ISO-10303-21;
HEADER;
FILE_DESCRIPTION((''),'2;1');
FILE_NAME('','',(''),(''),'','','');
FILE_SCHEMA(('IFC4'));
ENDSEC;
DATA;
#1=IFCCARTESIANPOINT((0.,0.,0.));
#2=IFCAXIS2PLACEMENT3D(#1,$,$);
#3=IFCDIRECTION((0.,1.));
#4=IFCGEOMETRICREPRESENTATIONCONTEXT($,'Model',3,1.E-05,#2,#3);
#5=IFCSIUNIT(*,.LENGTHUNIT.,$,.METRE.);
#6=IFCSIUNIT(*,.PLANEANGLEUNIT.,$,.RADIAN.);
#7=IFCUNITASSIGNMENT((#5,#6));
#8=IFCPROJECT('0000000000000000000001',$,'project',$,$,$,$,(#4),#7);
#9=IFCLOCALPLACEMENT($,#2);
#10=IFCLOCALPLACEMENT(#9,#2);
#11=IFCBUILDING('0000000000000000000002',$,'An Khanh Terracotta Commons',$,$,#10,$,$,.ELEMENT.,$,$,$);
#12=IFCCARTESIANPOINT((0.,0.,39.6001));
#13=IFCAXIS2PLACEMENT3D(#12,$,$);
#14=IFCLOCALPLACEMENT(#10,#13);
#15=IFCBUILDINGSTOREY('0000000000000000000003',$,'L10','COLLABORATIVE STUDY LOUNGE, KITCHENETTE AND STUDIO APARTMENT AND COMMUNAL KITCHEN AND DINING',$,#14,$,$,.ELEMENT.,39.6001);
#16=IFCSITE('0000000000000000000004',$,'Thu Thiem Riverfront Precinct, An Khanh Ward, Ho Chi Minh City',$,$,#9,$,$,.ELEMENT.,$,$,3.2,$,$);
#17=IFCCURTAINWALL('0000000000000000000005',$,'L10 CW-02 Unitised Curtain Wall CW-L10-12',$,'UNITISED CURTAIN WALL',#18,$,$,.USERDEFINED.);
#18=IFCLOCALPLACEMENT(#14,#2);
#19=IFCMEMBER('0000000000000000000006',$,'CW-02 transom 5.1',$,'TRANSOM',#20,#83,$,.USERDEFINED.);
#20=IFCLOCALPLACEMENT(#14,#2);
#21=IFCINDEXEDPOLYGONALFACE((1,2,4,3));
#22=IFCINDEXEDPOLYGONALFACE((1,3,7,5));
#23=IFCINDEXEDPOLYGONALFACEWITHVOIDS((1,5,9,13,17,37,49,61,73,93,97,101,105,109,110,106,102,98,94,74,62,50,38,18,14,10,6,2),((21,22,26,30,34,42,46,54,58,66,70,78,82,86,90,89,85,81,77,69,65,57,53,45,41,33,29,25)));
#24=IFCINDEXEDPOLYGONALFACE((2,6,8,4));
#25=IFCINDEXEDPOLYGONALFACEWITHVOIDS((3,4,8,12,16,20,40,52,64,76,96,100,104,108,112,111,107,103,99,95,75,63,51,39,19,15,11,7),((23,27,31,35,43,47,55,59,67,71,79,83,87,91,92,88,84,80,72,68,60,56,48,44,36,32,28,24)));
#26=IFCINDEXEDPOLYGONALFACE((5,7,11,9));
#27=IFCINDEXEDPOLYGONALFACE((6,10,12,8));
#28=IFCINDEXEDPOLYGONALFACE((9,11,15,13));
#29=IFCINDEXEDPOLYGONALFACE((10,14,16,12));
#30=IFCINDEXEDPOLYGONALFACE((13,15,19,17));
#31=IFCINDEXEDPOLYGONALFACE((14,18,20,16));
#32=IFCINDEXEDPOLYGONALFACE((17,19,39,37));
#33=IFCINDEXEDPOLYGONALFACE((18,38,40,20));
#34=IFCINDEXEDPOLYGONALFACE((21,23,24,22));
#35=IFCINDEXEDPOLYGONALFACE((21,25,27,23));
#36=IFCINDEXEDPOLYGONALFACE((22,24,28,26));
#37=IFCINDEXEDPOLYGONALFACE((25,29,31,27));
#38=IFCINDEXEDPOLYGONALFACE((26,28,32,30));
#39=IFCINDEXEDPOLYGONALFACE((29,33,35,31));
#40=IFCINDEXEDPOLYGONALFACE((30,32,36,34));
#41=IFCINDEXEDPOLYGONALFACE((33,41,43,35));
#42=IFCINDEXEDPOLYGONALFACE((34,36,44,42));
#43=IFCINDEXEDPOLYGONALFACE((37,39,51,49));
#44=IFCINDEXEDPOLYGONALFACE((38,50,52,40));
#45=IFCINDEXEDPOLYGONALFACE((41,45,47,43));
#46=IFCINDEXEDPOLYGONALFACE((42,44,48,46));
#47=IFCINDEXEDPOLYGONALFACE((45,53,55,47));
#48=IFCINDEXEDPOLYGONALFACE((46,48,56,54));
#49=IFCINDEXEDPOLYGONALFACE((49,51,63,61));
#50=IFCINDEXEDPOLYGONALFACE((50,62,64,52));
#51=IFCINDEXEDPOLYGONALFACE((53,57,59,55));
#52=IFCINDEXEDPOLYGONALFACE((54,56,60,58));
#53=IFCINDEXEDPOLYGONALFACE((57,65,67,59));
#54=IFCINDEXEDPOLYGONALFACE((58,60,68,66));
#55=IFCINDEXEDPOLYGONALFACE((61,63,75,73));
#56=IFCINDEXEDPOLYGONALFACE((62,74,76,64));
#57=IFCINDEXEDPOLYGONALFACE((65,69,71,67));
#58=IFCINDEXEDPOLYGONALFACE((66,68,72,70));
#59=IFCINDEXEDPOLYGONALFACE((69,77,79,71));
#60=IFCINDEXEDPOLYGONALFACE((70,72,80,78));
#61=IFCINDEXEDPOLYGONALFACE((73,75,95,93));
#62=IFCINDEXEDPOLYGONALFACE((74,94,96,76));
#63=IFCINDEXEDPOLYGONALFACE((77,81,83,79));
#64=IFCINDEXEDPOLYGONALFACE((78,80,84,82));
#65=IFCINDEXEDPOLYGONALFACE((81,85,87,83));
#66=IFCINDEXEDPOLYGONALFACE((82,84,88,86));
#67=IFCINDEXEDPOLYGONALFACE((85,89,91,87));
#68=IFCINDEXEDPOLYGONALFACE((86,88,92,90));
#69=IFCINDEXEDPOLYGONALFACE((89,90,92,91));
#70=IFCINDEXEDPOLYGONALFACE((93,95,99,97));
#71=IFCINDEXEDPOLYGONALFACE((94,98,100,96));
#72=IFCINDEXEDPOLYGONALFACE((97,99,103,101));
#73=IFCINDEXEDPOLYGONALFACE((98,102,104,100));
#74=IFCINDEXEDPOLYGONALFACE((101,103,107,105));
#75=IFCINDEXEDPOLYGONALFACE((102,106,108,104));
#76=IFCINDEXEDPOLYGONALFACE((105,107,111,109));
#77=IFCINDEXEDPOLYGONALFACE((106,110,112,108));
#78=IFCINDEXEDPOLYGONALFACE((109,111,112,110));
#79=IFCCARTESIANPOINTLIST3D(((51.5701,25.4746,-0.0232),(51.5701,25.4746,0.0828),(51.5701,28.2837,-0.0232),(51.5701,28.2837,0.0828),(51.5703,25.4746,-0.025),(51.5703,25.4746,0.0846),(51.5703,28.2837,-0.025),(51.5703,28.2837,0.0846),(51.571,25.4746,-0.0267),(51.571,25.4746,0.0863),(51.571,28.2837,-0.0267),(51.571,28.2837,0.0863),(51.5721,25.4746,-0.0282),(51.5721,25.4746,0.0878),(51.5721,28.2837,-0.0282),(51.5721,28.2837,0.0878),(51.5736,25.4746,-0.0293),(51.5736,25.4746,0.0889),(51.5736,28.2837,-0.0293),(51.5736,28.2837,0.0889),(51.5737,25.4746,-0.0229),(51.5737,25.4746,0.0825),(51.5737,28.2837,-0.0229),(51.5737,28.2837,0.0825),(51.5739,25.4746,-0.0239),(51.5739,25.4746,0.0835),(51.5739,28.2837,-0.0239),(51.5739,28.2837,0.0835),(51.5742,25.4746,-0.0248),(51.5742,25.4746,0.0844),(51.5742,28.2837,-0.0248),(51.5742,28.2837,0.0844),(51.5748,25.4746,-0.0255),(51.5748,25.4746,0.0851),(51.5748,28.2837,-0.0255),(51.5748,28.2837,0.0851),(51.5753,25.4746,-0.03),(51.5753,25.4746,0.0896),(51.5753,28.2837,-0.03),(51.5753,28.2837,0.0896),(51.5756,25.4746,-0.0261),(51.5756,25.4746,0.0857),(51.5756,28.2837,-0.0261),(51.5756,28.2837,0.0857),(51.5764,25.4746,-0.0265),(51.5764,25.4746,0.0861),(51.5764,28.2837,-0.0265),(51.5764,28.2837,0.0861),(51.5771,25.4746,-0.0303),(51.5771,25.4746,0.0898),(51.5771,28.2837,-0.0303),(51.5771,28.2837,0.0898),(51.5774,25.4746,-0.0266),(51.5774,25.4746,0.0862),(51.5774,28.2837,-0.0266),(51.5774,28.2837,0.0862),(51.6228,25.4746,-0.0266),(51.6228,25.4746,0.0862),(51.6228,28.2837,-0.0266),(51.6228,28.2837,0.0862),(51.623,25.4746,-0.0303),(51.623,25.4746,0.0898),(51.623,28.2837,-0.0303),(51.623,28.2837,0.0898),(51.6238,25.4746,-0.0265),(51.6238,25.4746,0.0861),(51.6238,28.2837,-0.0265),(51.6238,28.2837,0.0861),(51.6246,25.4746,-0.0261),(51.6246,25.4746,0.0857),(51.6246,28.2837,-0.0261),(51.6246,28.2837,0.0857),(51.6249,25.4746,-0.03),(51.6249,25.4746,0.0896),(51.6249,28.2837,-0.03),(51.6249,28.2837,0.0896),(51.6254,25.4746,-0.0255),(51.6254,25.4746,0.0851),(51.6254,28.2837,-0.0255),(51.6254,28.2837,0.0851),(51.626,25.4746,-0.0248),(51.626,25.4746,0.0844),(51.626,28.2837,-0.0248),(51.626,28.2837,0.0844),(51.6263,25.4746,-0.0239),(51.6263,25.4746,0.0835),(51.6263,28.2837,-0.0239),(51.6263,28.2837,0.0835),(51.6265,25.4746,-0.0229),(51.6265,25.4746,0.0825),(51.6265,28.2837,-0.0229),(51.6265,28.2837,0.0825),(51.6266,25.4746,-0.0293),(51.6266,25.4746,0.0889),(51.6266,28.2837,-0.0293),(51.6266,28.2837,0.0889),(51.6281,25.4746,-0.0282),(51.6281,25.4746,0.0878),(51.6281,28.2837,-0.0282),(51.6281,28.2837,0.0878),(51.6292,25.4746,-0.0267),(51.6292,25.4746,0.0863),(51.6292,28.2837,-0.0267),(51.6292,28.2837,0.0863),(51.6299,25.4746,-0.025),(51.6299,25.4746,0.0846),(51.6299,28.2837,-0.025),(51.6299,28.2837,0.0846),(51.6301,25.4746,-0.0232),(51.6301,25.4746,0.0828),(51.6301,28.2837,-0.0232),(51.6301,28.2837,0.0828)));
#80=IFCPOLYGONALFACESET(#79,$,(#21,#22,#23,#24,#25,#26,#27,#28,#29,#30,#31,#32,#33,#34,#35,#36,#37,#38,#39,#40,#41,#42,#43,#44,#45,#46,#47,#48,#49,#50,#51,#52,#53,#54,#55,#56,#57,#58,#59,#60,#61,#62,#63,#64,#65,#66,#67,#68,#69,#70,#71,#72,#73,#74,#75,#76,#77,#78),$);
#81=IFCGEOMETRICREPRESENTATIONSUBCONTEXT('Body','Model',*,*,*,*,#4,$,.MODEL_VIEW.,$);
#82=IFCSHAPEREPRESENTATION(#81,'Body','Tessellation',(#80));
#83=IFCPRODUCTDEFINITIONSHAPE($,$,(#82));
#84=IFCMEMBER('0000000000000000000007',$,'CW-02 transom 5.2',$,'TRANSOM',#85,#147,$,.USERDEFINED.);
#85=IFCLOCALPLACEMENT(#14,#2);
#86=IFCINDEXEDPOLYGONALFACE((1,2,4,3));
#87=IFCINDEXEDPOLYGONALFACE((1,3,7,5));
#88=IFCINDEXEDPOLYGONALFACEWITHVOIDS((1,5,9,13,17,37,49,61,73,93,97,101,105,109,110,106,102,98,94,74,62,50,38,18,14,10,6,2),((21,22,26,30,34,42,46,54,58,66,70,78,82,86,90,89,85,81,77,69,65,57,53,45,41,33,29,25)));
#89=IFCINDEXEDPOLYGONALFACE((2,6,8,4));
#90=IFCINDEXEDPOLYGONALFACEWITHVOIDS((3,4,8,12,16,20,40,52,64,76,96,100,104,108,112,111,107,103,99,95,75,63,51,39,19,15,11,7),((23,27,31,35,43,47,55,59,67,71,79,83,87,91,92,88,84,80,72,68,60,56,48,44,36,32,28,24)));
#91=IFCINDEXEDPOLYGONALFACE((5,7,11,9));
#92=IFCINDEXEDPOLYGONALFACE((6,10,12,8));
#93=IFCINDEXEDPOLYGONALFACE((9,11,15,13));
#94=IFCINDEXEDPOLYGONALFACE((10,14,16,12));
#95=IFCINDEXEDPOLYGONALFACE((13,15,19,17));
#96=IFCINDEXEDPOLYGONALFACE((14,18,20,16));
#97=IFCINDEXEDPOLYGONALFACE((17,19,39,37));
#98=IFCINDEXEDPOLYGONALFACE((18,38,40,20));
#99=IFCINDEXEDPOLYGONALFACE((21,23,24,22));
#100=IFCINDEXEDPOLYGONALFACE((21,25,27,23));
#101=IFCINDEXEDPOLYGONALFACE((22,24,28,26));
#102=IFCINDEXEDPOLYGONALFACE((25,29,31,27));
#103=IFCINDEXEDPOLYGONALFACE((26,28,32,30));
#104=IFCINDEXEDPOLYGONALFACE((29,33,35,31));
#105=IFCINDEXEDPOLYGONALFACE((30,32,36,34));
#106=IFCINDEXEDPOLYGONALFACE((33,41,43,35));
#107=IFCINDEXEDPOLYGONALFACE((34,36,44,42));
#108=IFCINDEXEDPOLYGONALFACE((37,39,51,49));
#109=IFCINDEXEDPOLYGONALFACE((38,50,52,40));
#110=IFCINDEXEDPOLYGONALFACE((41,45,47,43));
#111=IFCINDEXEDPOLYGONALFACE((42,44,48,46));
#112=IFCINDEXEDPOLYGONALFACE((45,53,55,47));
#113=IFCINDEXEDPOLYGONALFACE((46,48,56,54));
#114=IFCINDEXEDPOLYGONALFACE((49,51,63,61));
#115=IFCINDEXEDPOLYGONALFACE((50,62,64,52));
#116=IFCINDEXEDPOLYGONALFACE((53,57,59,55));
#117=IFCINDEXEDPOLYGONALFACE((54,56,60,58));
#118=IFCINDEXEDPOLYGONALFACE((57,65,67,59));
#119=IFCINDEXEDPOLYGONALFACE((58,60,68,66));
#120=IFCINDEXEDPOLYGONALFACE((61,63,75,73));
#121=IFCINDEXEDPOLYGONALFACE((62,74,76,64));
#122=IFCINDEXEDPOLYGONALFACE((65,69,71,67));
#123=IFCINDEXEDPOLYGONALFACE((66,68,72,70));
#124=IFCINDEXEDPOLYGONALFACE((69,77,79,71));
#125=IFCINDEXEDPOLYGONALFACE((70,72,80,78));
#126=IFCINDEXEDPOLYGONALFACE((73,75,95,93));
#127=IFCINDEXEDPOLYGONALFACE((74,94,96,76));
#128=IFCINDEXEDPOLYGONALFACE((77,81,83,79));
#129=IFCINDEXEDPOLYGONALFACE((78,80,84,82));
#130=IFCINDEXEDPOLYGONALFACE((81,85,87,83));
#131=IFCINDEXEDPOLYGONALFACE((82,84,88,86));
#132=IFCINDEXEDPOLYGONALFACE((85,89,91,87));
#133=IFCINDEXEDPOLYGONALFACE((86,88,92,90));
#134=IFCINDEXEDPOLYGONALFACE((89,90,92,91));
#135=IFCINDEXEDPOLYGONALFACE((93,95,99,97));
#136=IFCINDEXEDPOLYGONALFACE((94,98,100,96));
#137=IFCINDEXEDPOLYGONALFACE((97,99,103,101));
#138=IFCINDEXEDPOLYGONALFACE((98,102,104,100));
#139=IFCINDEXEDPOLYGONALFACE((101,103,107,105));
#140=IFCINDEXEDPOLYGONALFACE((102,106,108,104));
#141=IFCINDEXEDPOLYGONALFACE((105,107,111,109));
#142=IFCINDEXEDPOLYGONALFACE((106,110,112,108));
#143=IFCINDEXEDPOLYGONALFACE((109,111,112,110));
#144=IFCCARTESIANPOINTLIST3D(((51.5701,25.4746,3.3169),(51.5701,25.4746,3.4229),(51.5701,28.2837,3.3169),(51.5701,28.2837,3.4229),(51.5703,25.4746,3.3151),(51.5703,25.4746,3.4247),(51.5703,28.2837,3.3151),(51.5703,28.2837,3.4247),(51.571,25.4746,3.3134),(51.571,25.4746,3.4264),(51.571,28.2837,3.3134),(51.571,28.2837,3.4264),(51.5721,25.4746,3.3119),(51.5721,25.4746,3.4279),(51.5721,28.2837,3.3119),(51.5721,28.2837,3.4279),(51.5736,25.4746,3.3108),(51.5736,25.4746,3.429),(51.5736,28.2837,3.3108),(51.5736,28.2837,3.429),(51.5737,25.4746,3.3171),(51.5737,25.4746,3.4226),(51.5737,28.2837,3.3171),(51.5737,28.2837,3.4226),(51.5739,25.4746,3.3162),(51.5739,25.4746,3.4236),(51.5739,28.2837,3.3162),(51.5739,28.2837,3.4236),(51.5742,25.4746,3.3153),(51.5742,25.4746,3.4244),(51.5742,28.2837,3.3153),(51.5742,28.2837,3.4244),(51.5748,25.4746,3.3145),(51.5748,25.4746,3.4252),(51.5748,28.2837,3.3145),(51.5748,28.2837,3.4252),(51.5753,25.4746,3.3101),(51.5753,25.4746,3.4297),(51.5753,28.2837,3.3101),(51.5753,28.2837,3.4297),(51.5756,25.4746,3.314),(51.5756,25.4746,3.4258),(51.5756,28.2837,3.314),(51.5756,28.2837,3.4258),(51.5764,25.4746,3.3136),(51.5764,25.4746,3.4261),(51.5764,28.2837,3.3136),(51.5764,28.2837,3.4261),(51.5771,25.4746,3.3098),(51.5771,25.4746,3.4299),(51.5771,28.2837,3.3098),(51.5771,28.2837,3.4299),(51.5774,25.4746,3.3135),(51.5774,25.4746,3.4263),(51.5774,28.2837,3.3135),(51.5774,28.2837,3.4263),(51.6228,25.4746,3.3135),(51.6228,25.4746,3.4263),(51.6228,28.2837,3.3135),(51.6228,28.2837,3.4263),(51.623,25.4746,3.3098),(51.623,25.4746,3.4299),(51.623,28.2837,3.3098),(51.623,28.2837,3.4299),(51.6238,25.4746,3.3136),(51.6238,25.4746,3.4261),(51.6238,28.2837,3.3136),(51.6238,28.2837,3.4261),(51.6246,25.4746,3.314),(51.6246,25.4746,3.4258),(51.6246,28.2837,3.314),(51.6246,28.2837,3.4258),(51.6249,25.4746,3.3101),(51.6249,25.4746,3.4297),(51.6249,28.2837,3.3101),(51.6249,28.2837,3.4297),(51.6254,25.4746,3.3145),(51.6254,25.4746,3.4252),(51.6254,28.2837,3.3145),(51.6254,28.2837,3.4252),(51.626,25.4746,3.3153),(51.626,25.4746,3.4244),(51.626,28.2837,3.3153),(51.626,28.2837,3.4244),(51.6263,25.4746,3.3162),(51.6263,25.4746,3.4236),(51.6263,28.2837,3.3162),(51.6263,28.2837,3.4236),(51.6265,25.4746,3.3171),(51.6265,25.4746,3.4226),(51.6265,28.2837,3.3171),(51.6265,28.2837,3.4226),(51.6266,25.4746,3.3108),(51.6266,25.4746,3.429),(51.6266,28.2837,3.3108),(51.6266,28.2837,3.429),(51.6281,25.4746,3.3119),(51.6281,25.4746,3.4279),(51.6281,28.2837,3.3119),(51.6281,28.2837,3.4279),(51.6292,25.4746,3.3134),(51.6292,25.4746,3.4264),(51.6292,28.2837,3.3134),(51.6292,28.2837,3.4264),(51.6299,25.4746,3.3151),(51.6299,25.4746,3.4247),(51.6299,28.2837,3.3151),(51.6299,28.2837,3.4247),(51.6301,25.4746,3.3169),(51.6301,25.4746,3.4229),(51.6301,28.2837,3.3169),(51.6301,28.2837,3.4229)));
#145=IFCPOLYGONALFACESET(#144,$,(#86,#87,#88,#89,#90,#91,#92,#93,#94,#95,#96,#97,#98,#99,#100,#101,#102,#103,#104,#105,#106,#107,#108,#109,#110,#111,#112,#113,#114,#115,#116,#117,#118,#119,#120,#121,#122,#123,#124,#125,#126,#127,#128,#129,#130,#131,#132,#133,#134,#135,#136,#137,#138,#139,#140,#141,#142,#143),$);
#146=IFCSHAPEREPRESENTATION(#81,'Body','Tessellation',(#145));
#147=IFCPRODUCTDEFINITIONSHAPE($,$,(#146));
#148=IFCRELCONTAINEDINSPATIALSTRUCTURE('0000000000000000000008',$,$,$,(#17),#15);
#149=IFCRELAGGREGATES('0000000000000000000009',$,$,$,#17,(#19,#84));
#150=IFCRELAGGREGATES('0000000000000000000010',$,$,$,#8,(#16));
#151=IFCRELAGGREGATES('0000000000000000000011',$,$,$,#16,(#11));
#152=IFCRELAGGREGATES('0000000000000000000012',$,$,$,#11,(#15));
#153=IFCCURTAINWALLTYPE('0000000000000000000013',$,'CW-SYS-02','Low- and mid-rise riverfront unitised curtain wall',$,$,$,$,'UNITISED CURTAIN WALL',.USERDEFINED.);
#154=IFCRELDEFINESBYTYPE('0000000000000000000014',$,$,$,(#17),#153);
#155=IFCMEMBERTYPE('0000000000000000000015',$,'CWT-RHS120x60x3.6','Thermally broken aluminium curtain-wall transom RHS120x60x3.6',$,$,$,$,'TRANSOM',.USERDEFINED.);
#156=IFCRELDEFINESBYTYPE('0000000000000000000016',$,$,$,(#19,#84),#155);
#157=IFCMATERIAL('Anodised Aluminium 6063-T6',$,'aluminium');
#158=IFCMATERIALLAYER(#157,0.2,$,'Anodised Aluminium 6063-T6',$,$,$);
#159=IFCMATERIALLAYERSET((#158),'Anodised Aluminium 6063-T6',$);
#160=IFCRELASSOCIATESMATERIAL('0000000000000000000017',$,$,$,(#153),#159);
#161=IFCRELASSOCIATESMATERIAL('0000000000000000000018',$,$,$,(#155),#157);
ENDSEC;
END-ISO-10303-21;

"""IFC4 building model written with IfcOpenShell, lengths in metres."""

from ifc_helpers import new_model, si_unit, direction, frame, origin, origin_2d, place, context, subcontext, project, spatial, hollow_rectangle, extrude, material, layer, layer_set, material_profile, profile_set, type_object, element, aggregate, save


model = new_model("IFC4")

# Units and contexts
model_context = context("Model", 3, precision=1e-05, world=origin(), true_north=direction((0.0, 1.0)))
body_context = subcontext(model_context, "Body", "Model", "MODEL_VIEW")
ifc_project = project(units=[si_unit("LENGTHUNIT", "METRE"), si_unit("PLANEANGLEUNIT", "RADIAN")], contexts=[model_context])

# Site, building, storey
site_placement = place(None, origin())
site = spatial("IfcSite", under=ifc_project, at=site_placement, Name="Thu Thiem Riverfront Precinct, An Khanh Ward, Ho Chi Minh City", CompositionType="ELEMENT", RefElevation=3.2)
building_placement = place(site_placement, origin())
building = spatial("IfcBuilding", under=site, at=building_placement, Name="An Khanh Terracotta Commons", CompositionType="ELEMENT")
storey_placement = place(building_placement, frame((0.0, 0.0, 39.6001)))
storey = spatial("IfcBuildingStorey", under=building, at=storey_placement, Name="L10", Description="COLLABORATIVE STUDY LOUNGE, KITCHENETTE AND STUDIO APARTMENT AND COMMUNAL KITCHEN AND DINING", CompositionType="ELEMENT", Elevation=39.6001)

# Curtain wall, members
ifc_material_1 = material(Name="Anodised Aluminium 6063-T6", Category="aluminium")
ifc_layer_1 = layer(ifc_material_1, 0.2, Name="Anodised Aluminium 6063-T6")
ifc_layer_set_1 = layer_set([ifc_layer_1], Name="Anodised Aluminium 6063-T6")
curtain_wall_type = type_object("IfcCurtainWallType", Name="CW-SYS-02", Description="Low- and mid-rise riverfront unitised curtain wall", ElementType="UNITISED CURTAIN WALL", PredefinedType="USERDEFINED", material=ifc_layer_set_1)
curtain_wall_placement = place(storey_placement, origin())
curtain_wall = element("IfcCurtainWall", 1, at=curtain_wall_placement, inside=storey, type_object=curtain_wall_type, Name="L10 CW-02 Unitised Curtain Wall CW-L10-12", ObjectType="UNITISED CURTAIN WALL", PredefinedType="USERDEFINED")
ifc_material_profile_1 = material_profile(ifc_material_1, hollow_rectangle(XDim=0.0601, YDim=0.1201, WallThickness=0.0037, InnerFilletRadius=0.0037, OuterFilletRadius=0.0071, at=origin_2d()), Name="RHS120x60x3.6")
ifc_profile_set_1 = profile_set([ifc_material_profile_1], Name="Anodised Aluminium 6063-T6")
member_type_1 = type_object("IfcMemberType", Name="CWT-RHS120x60x3.6", Description="Thermally broken aluminium curtain-wall transom RHS120x60x3.6", ElementType="TRANSOM", PredefinedType="USERDEFINED", material=ifc_profile_set_1)
member_1_placement = place(storey_placement, frame((51.6001, 25.4746, 0.0298), z_axis=(0.0, 1.0, 0.0), x_axis=(-1.0, 0.0, 0.0)))
member_1 = element("IfcMember", 2, at=member_1_placement, type_object=member_type_1, Name="CW-02 transom 5.1", ObjectType="TRANSOM", PredefinedType="USERDEFINED", context=body_context, shape_type="SweptSolid", body=[
    extrude(hollow_rectangle(XDim=0.0601, YDim=0.1201, WallThickness=0.0037, InnerFilletRadius=0.0037, OuterFilletRadius=0.0071, at=origin_2d()), origin(), (0.0, 0.0, 1.0), 2.8091),
])
member_2_placement = place(storey_placement, frame((51.6001, 25.4746, 3.3699), z_axis=(0.0, 1.0, 0.0), x_axis=(-1.0, 0.0, 0.0)))
member_2 = element("IfcMember", 3, at=member_2_placement, type_object=member_type_1, Name="CW-02 transom 5.2", ObjectType="TRANSOM", PredefinedType="USERDEFINED", context=body_context, shape_type="SweptSolid", body=[
    extrude(hollow_rectangle(XDim=0.0601, YDim=0.1201, WallThickness=0.0037, InnerFilletRadius=0.0037, OuterFilletRadius=0.0071, at=origin_2d()), origin(), (0.0, 0.0, 1.0), 2.8091),
])
aggregate(curtain_wall, [member_1, member_2])

save(model, "model.ifc")
